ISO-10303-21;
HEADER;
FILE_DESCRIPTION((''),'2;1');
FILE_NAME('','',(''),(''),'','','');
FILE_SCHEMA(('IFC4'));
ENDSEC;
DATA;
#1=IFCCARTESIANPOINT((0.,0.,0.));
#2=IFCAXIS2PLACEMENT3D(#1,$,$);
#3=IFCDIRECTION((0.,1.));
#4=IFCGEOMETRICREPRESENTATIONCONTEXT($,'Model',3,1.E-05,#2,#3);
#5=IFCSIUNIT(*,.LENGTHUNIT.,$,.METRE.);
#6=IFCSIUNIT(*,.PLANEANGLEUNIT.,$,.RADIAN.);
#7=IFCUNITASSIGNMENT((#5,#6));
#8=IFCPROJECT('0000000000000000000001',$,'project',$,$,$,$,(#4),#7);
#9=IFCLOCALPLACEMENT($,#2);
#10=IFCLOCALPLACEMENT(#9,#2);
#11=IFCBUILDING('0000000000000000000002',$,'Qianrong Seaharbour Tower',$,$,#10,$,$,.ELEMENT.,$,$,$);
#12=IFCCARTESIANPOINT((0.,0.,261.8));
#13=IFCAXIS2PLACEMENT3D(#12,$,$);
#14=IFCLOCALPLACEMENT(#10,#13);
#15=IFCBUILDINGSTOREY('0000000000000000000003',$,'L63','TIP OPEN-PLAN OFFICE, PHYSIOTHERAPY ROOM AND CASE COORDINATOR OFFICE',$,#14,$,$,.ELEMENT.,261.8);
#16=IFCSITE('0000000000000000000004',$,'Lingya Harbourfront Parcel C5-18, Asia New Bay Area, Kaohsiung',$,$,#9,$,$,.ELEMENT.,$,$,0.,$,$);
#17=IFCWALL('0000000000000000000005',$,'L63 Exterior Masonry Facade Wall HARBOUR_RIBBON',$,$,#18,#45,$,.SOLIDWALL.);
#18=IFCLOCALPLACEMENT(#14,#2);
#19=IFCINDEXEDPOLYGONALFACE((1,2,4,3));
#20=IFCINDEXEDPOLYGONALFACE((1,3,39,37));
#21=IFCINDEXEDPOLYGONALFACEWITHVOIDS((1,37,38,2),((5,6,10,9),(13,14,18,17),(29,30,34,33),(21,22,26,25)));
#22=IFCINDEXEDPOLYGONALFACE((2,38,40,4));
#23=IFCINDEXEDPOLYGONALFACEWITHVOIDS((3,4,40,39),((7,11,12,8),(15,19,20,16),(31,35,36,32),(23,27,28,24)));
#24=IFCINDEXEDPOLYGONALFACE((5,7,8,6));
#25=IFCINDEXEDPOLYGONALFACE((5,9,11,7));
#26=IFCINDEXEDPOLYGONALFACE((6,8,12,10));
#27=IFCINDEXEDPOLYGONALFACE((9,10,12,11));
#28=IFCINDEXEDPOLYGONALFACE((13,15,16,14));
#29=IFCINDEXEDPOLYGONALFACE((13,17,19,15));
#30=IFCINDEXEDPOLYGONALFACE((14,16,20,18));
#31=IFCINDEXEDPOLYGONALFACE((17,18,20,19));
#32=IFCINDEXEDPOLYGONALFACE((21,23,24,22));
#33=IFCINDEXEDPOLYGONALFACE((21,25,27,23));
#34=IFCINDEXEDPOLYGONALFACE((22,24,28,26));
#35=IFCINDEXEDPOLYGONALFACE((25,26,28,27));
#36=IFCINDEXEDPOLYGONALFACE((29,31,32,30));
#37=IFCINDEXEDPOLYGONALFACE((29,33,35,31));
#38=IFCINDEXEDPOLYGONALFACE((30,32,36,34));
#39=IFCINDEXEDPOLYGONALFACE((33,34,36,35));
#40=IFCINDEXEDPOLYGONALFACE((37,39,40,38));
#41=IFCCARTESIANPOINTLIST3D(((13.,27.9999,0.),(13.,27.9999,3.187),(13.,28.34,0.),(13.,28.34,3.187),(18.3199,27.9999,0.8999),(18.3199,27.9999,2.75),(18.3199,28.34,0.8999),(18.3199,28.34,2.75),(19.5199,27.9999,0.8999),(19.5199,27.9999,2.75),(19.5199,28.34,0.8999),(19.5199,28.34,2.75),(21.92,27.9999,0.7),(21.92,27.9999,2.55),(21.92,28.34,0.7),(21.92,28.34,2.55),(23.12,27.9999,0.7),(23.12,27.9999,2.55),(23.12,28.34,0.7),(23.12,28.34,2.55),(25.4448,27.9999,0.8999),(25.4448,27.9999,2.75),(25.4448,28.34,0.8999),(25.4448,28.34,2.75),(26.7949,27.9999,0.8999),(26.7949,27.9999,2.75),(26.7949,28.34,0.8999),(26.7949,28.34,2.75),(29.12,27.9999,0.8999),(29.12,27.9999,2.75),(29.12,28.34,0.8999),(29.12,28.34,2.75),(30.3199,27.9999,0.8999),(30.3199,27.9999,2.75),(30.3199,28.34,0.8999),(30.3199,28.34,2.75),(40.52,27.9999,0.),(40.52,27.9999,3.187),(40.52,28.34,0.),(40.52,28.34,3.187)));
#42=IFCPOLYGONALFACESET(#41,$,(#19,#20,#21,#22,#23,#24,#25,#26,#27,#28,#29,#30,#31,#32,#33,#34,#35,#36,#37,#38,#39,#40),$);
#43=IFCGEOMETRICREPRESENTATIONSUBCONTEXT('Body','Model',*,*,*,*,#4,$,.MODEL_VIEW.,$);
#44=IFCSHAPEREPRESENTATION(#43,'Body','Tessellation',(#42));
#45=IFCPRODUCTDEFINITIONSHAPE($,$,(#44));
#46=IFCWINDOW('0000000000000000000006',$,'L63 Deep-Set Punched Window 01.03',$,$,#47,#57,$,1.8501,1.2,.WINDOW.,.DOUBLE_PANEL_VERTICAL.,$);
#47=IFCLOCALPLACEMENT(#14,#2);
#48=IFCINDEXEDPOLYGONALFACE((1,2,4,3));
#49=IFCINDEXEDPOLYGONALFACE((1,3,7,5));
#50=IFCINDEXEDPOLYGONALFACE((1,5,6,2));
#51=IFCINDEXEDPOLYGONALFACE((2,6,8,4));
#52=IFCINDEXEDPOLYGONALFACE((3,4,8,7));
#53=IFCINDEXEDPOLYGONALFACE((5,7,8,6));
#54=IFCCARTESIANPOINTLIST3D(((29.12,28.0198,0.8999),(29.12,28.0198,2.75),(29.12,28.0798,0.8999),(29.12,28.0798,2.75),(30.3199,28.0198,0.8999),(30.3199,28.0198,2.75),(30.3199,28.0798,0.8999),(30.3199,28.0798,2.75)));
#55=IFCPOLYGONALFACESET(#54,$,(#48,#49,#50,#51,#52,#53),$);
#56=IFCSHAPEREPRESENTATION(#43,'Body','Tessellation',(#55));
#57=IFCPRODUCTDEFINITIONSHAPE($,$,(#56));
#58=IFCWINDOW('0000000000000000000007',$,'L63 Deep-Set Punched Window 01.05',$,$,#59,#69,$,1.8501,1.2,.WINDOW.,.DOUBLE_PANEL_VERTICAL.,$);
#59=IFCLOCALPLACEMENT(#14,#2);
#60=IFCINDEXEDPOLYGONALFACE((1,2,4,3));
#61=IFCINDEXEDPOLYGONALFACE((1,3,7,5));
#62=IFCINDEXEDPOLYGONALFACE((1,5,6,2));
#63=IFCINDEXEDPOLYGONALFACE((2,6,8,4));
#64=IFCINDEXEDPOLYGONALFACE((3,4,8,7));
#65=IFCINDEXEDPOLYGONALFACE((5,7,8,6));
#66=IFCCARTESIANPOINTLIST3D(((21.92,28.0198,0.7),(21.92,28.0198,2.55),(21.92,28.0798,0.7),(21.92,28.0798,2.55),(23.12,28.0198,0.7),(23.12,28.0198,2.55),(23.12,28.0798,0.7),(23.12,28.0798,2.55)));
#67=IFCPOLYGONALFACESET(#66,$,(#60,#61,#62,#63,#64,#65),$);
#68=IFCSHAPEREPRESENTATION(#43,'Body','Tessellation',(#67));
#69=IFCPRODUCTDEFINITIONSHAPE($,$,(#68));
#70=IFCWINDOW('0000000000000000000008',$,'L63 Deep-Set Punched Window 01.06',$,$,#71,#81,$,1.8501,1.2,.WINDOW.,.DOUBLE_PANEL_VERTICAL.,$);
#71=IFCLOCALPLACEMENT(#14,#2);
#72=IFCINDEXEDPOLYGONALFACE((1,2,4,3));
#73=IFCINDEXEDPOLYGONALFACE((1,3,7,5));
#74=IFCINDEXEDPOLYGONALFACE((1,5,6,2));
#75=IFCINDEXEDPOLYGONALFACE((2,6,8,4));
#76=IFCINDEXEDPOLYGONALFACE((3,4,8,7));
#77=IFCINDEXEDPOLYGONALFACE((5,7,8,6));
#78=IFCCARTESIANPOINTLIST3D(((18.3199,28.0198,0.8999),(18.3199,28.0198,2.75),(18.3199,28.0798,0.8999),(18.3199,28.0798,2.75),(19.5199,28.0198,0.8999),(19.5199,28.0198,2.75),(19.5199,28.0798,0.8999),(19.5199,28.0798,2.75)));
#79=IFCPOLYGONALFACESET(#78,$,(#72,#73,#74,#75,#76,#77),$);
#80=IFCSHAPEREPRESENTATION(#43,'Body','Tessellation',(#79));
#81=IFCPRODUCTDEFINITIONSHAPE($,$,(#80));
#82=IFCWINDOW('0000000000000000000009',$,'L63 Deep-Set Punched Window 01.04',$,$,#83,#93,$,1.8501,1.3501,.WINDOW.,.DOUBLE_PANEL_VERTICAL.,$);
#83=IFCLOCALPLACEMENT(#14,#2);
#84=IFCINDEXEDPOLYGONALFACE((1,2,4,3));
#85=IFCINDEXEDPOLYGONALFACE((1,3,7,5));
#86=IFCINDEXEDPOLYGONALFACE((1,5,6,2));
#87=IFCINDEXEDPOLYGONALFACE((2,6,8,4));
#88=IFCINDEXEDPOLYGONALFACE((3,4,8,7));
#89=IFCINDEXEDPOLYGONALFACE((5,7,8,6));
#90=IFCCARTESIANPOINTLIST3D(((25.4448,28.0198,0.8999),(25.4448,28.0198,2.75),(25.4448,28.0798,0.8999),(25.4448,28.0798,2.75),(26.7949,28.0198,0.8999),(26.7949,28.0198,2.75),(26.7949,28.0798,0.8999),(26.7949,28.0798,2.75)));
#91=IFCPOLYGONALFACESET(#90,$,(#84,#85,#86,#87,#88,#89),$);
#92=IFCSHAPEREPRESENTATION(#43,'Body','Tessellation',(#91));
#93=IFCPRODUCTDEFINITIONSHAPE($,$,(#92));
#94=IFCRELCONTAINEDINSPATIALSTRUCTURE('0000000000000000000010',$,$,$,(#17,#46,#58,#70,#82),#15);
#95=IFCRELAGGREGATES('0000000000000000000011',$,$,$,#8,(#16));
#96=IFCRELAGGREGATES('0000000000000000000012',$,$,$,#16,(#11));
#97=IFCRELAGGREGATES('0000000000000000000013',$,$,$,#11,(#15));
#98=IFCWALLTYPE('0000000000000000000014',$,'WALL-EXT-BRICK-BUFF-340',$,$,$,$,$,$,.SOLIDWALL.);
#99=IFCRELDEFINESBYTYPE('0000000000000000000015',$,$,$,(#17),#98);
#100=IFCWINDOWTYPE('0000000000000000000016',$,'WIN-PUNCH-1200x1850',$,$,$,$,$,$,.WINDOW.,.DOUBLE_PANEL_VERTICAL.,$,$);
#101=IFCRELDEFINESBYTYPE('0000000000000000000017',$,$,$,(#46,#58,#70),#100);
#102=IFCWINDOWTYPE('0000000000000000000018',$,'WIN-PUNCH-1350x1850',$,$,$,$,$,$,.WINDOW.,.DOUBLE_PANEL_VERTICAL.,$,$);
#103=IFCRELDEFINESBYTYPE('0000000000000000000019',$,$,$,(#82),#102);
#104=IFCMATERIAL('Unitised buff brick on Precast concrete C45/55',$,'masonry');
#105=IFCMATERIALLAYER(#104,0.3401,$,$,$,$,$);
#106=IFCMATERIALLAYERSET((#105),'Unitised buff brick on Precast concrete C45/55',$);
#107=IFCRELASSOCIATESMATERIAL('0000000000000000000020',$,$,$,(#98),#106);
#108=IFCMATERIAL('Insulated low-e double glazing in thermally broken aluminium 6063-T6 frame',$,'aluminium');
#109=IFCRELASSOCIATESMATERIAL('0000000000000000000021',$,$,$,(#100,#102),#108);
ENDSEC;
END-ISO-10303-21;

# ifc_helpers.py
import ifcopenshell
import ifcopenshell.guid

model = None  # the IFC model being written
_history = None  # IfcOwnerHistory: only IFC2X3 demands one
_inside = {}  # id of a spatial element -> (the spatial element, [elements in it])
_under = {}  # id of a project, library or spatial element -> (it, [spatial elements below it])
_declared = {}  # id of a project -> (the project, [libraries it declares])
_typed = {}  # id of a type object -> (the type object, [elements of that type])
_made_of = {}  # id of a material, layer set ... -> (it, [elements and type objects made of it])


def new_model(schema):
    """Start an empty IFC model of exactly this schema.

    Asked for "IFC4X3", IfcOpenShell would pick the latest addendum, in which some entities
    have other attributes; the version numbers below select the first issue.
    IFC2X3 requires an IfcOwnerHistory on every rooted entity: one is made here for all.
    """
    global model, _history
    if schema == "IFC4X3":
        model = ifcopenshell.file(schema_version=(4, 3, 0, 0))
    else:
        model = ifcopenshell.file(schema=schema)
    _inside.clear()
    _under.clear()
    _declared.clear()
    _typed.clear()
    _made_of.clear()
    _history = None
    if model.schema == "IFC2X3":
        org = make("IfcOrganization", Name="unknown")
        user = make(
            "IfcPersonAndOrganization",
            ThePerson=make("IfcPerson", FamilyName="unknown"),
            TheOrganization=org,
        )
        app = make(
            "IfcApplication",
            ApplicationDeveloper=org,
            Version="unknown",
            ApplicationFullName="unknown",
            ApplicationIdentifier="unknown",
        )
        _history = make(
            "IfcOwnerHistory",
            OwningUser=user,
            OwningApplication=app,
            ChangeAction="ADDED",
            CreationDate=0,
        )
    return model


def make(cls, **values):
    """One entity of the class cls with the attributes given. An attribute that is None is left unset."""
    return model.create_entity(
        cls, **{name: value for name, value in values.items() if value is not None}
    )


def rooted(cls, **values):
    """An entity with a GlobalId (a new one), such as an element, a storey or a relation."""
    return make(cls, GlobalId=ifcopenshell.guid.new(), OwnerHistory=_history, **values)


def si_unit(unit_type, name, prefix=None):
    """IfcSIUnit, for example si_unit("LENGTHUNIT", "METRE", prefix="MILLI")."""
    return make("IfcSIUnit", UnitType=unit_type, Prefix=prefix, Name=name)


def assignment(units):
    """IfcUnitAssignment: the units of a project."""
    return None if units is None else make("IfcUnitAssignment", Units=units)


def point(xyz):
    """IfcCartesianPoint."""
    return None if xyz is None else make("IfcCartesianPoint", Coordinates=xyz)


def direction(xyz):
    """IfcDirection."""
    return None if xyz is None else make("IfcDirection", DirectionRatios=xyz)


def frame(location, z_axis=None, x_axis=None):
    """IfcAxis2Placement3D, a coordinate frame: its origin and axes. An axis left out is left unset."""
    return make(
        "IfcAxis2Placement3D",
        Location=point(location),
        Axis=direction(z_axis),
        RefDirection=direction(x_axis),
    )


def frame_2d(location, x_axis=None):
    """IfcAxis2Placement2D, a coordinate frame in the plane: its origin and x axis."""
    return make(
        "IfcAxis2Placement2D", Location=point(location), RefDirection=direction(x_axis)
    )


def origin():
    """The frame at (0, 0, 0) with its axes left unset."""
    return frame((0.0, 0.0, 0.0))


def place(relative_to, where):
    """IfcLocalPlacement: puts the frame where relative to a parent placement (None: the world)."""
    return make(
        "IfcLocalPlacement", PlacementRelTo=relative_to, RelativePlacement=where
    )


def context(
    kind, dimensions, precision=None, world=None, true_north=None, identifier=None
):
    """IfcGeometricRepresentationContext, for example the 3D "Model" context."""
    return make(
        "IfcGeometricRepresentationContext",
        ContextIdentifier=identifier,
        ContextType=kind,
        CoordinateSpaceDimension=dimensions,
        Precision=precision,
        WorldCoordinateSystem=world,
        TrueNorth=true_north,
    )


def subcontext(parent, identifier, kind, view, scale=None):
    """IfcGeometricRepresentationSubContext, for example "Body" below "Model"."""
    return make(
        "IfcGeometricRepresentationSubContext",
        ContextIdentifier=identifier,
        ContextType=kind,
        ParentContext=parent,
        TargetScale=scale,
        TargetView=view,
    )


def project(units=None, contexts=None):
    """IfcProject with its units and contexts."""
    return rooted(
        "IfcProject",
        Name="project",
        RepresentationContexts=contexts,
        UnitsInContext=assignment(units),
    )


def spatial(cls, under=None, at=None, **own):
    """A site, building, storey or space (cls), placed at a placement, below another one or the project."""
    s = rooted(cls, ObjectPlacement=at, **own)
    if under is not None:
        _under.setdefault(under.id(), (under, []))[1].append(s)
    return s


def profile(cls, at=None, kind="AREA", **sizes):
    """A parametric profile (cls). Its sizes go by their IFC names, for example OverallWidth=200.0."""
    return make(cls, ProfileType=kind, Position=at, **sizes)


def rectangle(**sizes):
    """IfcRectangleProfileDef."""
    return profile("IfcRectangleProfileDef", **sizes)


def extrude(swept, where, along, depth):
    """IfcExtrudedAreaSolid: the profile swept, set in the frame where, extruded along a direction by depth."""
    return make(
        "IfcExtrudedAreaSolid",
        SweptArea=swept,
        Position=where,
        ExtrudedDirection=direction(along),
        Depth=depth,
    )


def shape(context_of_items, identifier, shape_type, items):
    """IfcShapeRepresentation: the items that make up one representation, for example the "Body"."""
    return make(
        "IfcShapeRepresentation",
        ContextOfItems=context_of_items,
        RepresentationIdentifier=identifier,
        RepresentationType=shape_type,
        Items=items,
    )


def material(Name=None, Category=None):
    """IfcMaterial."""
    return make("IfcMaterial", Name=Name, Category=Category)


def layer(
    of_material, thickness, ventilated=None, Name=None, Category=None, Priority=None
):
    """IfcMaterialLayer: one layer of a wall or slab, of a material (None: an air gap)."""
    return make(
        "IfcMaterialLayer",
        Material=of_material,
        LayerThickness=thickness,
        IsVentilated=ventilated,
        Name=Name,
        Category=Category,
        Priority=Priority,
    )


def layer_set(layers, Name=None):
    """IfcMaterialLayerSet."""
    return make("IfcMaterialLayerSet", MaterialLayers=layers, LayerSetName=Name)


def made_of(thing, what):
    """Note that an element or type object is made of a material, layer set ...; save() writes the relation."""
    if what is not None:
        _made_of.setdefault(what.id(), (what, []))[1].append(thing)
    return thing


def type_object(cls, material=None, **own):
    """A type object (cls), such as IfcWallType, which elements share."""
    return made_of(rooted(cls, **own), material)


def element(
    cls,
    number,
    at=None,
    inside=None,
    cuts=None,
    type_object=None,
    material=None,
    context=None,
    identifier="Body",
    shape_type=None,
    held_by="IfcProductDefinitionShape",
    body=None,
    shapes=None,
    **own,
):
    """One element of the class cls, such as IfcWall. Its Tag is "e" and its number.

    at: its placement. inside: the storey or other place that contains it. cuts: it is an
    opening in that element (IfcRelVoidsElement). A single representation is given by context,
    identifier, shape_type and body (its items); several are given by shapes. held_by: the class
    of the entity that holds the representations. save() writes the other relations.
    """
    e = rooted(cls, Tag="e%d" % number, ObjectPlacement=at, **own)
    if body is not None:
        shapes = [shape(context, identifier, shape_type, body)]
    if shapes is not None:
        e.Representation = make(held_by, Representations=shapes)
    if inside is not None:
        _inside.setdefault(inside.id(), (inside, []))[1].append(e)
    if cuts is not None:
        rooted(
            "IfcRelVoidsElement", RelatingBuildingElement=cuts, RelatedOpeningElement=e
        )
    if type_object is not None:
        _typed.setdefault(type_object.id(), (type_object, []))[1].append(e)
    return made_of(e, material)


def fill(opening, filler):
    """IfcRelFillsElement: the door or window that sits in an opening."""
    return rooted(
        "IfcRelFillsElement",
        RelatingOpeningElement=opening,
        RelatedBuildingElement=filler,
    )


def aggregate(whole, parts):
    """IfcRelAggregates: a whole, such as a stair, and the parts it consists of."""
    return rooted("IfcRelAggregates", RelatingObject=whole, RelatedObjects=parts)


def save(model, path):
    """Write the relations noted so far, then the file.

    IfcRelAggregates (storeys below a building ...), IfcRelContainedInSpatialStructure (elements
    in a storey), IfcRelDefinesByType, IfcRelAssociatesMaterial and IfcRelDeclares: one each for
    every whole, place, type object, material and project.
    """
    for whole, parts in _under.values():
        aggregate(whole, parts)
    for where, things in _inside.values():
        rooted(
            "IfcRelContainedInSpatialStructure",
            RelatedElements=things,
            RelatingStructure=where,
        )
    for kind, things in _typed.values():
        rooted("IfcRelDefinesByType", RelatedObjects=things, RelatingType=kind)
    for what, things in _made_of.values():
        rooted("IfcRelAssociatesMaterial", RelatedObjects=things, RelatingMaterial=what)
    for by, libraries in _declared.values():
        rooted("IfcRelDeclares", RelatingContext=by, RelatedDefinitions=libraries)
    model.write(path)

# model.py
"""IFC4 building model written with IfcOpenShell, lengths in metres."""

from ifc_helpers import new_model, si_unit, direction, frame, frame_2d, origin, place, context, subcontext, project, spatial, rectangle, extrude, material, layer, layer_set, type_object, element, fill, save


model = new_model("IFC4")

# Units and contexts
model_context = context("Model", 3, precision=1e-05, world=origin(), true_north=direction((0.0, 1.0)))
body_context = subcontext(model_context, "Body", "Model", "MODEL_VIEW")
ifc_project = project(units=[si_unit("LENGTHUNIT", "METRE"), si_unit("PLANEANGLEUNIT", "RADIAN")], contexts=[model_context])

# Site, building, storey
site_placement = place(None, origin())
site = spatial("IfcSite", under=ifc_project, at=site_placement, Name="Lingya Harbourfront Parcel C5-18, Asia New Bay Area, Kaohsiung", CompositionType="ELEMENT", RefElevation=0.0)
building_placement = place(site_placement, origin())
building = spatial("IfcBuilding", under=site, at=building_placement, Name="Qianrong Seaharbour Tower", CompositionType="ELEMENT")
storey_placement = place(building_placement, frame((0.0, 0.0, 261.8)))
storey = spatial("IfcBuildingStorey", under=building, at=storey_placement, Name="L63", Description="TIP OPEN-PLAN OFFICE, PHYSIOTHERAPY ROOM AND CASE COORDINATOR OFFICE", CompositionType="ELEMENT", Elevation=261.8)

# Wall, openings, windows
ifc_material_1 = material(Name="Unitised buff brick on Precast concrete C45/55", Category="masonry")
ifc_layer_1 = layer(ifc_material_1, 0.3401)
ifc_layer_set_1 = layer_set([ifc_layer_1], Name="Unitised buff brick on Precast concrete C45/55")
wall_type_1 = type_object("IfcWallType", Name="WALL-EXT-BRICK-BUFF-340", PredefinedType="SOLIDWALL", material=ifc_layer_set_1)
ifc_material_2 = material(Name="Insulated low-e double glazing in thermally broken aluminium 6063-T6 frame", Category="aluminium")
window_type_1 = type_object("IfcWindowType", Name="WIN-PUNCH-1200x1850", PartitioningType="DOUBLE_PANEL_VERTICAL", PredefinedType="WINDOW", material=ifc_material_2)
window_type_2 = type_object("IfcWindowType", Name="WIN-PUNCH-1350x1850", PartitioningType="DOUBLE_PANEL_VERTICAL", PredefinedType="WINDOW", material=ifc_material_2)
wall_1_placement = place(storey_placement, frame((40.52, 28.1699, 0.0), z_axis=(0.0, 0.0, 1.0), x_axis=(-1.0, 0.0, 0.0)))
wall_1 = element("IfcWall", 1, at=wall_1_placement, inside=storey, type_object=wall_type_1, Name="L63 Exterior Masonry Facade Wall HARBOUR_RIBBON", PredefinedType="SOLIDWALL", context=body_context, shape_type="SweptSolid", body=[
    extrude(rectangle(XDim=27.52, YDim=0.3401, at=frame_2d((13.76, 0.0))), origin(), (0.0, 0.0, 1.0), 3.187),
])
opening_1_placement = place(wall_1_placement, frame((10.2, 0.0, 0.8999)))
opening_1 = element("IfcOpeningElement", 2, at=opening_1_placement, cuts=wall_1, PredefinedType="OPENING", context=body_context, shape_type="SweptSolid", body=[
    extrude(rectangle(XDim=1.2, YDim=1.8501, at=frame_2d((0.6001, 0.925))), frame((0.0, 0.1802, 0.0), z_axis=(0.0, -1.0, 0.0), x_axis=(1.0, 0.0, 0.0)), (0.0, 0.0, 1.0), 0.3601),
])
opening_2_placement = place(wall_1_placement, frame((13.7251, 0.0, 0.8999)))
opening_2 = element("IfcOpeningElement", 3, at=opening_2_placement, cuts=wall_1, PredefinedType="OPENING", context=body_context, shape_type="SweptSolid", body=[
    extrude(rectangle(XDim=1.3501, YDim=1.8501, at=frame_2d((0.675, 0.925))), frame((0.0, 0.1802, 0.0), z_axis=(0.0, -1.0, 0.0), x_axis=(1.0, 0.0, 0.0)), (0.0, 0.0, 1.0), 0.3601),
])
opening_3_placement = place(wall_1_placement, frame((17.3999, 0.0, 0.7)))
opening_3 = element("IfcOpeningElement", 4, at=opening_3_placement, cuts=wall_1, PredefinedType="OPENING", context=body_context, shape_type="SweptSolid", body=[
    extrude(rectangle(XDim=1.2, YDim=1.8501, at=frame_2d((0.6001, 0.925))), frame((0.0, 0.1802, 0.0), z_axis=(0.0, -1.0, 0.0), x_axis=(1.0, 0.0, 0.0)), (0.0, 0.0, 1.0), 0.3601),
])
opening_4_placement = place(wall_1_placement, frame((21.0, 0.0, 0.8999)))
opening_4 = element("IfcOpeningElement", 5, at=opening_4_placement, cuts=wall_1, PredefinedType="OPENING", context=body_context, shape_type="SweptSolid", body=[
    extrude(rectangle(XDim=1.2, YDim=1.8501, at=frame_2d((0.6001, 0.925))), frame((0.0, 0.1802, 0.0), z_axis=(0.0, -1.0, 0.0), x_axis=(1.0, 0.0, 0.0)), (0.0, 0.0, 1.0), 0.3601),
])
window_1_placement = place(opening_1_placement, origin())
window_1 = element("IfcWindow", 6, at=window_1_placement, inside=storey, type_object=window_type_1, Name="L63 Deep-Set Punched Window 01.03", OverallHeight=1.8501, OverallWidth=1.2, PartitioningType="DOUBLE_PANEL_VERTICAL", PredefinedType="WINDOW", context=body_context, shape_type="SweptSolid", body=[
    extrude(rectangle(XDim=1.2, YDim=1.8501, at=frame_2d((0.6001, 0.925))), frame((0.0, 0.1501, 0.0), z_axis=(0.0, -1.0, 0.0), x_axis=(1.0, 0.0, 0.0)), (0.0, 0.0, 1.0), 0.0601),
])
fill(opening_1, window_1)
window_2_placement = place(opening_3_placement, origin())
window_2 = element("IfcWindow", 7, at=window_2_placement, inside=storey, type_object=window_type_1, Name="L63 Deep-Set Punched Window 01.05", OverallHeight=1.8501, OverallWidth=1.2, PartitioningType="DOUBLE_PANEL_VERTICAL", PredefinedType="WINDOW", context=body_context, shape_type="SweptSolid", body=[
    extrude(rectangle(XDim=1.2, YDim=1.8501, at=frame_2d((0.6001, 0.925))), frame((0.0, 0.1501, 0.0), z_axis=(0.0, -1.0, 0.0), x_axis=(1.0, 0.0, 0.0)), (0.0, 0.0, 1.0), 0.0601),
])
fill(opening_3, window_2)
window_3_placement = place(opening_4_placement, origin())
window_3 = element("IfcWindow", 8, at=window_3_placement, inside=storey, type_object=window_type_1, Name="L63 Deep-Set Punched Window 01.06", OverallHeight=1.8501, OverallWidth=1.2, PartitioningType="DOUBLE_PANEL_VERTICAL", PredefinedType="WINDOW", context=body_context, shape_type="SweptSolid", body=[
    extrude(rectangle(XDim=1.2, YDim=1.8501, at=frame_2d((0.6001, 0.925))), frame((0.0, 0.1501, 0.0), z_axis=(0.0, -1.0, 0.0), x_axis=(1.0, 0.0, 0.0)), (0.0, 0.0, 1.0), 0.0601),
])
fill(opening_4, window_3)
window_4_placement = place(opening_2_placement, origin())
window_4 = element("IfcWindow", 9, at=window_4_placement, inside=storey, type_object=window_type_2, Name="L63 Deep-Set Punched Window 01.04", OverallHeight=1.8501, OverallWidth=1.3501, PartitioningType="DOUBLE_PANEL_VERTICAL", PredefinedType="WINDOW", context=body_context, shape_type="SweptSolid", body=[
    extrude(rectangle(XDim=1.3501, YDim=1.8501, at=frame_2d((0.675, 0.925))), frame((0.0, 0.1501, 0.0), z_axis=(0.0, -1.0, 0.0), x_axis=(1.0, 0.0, 0.0)), (0.0, 0.0, 1.0), 0.0601),
])
fill(opening_2, window_4)

save(model, "model.ifc")
